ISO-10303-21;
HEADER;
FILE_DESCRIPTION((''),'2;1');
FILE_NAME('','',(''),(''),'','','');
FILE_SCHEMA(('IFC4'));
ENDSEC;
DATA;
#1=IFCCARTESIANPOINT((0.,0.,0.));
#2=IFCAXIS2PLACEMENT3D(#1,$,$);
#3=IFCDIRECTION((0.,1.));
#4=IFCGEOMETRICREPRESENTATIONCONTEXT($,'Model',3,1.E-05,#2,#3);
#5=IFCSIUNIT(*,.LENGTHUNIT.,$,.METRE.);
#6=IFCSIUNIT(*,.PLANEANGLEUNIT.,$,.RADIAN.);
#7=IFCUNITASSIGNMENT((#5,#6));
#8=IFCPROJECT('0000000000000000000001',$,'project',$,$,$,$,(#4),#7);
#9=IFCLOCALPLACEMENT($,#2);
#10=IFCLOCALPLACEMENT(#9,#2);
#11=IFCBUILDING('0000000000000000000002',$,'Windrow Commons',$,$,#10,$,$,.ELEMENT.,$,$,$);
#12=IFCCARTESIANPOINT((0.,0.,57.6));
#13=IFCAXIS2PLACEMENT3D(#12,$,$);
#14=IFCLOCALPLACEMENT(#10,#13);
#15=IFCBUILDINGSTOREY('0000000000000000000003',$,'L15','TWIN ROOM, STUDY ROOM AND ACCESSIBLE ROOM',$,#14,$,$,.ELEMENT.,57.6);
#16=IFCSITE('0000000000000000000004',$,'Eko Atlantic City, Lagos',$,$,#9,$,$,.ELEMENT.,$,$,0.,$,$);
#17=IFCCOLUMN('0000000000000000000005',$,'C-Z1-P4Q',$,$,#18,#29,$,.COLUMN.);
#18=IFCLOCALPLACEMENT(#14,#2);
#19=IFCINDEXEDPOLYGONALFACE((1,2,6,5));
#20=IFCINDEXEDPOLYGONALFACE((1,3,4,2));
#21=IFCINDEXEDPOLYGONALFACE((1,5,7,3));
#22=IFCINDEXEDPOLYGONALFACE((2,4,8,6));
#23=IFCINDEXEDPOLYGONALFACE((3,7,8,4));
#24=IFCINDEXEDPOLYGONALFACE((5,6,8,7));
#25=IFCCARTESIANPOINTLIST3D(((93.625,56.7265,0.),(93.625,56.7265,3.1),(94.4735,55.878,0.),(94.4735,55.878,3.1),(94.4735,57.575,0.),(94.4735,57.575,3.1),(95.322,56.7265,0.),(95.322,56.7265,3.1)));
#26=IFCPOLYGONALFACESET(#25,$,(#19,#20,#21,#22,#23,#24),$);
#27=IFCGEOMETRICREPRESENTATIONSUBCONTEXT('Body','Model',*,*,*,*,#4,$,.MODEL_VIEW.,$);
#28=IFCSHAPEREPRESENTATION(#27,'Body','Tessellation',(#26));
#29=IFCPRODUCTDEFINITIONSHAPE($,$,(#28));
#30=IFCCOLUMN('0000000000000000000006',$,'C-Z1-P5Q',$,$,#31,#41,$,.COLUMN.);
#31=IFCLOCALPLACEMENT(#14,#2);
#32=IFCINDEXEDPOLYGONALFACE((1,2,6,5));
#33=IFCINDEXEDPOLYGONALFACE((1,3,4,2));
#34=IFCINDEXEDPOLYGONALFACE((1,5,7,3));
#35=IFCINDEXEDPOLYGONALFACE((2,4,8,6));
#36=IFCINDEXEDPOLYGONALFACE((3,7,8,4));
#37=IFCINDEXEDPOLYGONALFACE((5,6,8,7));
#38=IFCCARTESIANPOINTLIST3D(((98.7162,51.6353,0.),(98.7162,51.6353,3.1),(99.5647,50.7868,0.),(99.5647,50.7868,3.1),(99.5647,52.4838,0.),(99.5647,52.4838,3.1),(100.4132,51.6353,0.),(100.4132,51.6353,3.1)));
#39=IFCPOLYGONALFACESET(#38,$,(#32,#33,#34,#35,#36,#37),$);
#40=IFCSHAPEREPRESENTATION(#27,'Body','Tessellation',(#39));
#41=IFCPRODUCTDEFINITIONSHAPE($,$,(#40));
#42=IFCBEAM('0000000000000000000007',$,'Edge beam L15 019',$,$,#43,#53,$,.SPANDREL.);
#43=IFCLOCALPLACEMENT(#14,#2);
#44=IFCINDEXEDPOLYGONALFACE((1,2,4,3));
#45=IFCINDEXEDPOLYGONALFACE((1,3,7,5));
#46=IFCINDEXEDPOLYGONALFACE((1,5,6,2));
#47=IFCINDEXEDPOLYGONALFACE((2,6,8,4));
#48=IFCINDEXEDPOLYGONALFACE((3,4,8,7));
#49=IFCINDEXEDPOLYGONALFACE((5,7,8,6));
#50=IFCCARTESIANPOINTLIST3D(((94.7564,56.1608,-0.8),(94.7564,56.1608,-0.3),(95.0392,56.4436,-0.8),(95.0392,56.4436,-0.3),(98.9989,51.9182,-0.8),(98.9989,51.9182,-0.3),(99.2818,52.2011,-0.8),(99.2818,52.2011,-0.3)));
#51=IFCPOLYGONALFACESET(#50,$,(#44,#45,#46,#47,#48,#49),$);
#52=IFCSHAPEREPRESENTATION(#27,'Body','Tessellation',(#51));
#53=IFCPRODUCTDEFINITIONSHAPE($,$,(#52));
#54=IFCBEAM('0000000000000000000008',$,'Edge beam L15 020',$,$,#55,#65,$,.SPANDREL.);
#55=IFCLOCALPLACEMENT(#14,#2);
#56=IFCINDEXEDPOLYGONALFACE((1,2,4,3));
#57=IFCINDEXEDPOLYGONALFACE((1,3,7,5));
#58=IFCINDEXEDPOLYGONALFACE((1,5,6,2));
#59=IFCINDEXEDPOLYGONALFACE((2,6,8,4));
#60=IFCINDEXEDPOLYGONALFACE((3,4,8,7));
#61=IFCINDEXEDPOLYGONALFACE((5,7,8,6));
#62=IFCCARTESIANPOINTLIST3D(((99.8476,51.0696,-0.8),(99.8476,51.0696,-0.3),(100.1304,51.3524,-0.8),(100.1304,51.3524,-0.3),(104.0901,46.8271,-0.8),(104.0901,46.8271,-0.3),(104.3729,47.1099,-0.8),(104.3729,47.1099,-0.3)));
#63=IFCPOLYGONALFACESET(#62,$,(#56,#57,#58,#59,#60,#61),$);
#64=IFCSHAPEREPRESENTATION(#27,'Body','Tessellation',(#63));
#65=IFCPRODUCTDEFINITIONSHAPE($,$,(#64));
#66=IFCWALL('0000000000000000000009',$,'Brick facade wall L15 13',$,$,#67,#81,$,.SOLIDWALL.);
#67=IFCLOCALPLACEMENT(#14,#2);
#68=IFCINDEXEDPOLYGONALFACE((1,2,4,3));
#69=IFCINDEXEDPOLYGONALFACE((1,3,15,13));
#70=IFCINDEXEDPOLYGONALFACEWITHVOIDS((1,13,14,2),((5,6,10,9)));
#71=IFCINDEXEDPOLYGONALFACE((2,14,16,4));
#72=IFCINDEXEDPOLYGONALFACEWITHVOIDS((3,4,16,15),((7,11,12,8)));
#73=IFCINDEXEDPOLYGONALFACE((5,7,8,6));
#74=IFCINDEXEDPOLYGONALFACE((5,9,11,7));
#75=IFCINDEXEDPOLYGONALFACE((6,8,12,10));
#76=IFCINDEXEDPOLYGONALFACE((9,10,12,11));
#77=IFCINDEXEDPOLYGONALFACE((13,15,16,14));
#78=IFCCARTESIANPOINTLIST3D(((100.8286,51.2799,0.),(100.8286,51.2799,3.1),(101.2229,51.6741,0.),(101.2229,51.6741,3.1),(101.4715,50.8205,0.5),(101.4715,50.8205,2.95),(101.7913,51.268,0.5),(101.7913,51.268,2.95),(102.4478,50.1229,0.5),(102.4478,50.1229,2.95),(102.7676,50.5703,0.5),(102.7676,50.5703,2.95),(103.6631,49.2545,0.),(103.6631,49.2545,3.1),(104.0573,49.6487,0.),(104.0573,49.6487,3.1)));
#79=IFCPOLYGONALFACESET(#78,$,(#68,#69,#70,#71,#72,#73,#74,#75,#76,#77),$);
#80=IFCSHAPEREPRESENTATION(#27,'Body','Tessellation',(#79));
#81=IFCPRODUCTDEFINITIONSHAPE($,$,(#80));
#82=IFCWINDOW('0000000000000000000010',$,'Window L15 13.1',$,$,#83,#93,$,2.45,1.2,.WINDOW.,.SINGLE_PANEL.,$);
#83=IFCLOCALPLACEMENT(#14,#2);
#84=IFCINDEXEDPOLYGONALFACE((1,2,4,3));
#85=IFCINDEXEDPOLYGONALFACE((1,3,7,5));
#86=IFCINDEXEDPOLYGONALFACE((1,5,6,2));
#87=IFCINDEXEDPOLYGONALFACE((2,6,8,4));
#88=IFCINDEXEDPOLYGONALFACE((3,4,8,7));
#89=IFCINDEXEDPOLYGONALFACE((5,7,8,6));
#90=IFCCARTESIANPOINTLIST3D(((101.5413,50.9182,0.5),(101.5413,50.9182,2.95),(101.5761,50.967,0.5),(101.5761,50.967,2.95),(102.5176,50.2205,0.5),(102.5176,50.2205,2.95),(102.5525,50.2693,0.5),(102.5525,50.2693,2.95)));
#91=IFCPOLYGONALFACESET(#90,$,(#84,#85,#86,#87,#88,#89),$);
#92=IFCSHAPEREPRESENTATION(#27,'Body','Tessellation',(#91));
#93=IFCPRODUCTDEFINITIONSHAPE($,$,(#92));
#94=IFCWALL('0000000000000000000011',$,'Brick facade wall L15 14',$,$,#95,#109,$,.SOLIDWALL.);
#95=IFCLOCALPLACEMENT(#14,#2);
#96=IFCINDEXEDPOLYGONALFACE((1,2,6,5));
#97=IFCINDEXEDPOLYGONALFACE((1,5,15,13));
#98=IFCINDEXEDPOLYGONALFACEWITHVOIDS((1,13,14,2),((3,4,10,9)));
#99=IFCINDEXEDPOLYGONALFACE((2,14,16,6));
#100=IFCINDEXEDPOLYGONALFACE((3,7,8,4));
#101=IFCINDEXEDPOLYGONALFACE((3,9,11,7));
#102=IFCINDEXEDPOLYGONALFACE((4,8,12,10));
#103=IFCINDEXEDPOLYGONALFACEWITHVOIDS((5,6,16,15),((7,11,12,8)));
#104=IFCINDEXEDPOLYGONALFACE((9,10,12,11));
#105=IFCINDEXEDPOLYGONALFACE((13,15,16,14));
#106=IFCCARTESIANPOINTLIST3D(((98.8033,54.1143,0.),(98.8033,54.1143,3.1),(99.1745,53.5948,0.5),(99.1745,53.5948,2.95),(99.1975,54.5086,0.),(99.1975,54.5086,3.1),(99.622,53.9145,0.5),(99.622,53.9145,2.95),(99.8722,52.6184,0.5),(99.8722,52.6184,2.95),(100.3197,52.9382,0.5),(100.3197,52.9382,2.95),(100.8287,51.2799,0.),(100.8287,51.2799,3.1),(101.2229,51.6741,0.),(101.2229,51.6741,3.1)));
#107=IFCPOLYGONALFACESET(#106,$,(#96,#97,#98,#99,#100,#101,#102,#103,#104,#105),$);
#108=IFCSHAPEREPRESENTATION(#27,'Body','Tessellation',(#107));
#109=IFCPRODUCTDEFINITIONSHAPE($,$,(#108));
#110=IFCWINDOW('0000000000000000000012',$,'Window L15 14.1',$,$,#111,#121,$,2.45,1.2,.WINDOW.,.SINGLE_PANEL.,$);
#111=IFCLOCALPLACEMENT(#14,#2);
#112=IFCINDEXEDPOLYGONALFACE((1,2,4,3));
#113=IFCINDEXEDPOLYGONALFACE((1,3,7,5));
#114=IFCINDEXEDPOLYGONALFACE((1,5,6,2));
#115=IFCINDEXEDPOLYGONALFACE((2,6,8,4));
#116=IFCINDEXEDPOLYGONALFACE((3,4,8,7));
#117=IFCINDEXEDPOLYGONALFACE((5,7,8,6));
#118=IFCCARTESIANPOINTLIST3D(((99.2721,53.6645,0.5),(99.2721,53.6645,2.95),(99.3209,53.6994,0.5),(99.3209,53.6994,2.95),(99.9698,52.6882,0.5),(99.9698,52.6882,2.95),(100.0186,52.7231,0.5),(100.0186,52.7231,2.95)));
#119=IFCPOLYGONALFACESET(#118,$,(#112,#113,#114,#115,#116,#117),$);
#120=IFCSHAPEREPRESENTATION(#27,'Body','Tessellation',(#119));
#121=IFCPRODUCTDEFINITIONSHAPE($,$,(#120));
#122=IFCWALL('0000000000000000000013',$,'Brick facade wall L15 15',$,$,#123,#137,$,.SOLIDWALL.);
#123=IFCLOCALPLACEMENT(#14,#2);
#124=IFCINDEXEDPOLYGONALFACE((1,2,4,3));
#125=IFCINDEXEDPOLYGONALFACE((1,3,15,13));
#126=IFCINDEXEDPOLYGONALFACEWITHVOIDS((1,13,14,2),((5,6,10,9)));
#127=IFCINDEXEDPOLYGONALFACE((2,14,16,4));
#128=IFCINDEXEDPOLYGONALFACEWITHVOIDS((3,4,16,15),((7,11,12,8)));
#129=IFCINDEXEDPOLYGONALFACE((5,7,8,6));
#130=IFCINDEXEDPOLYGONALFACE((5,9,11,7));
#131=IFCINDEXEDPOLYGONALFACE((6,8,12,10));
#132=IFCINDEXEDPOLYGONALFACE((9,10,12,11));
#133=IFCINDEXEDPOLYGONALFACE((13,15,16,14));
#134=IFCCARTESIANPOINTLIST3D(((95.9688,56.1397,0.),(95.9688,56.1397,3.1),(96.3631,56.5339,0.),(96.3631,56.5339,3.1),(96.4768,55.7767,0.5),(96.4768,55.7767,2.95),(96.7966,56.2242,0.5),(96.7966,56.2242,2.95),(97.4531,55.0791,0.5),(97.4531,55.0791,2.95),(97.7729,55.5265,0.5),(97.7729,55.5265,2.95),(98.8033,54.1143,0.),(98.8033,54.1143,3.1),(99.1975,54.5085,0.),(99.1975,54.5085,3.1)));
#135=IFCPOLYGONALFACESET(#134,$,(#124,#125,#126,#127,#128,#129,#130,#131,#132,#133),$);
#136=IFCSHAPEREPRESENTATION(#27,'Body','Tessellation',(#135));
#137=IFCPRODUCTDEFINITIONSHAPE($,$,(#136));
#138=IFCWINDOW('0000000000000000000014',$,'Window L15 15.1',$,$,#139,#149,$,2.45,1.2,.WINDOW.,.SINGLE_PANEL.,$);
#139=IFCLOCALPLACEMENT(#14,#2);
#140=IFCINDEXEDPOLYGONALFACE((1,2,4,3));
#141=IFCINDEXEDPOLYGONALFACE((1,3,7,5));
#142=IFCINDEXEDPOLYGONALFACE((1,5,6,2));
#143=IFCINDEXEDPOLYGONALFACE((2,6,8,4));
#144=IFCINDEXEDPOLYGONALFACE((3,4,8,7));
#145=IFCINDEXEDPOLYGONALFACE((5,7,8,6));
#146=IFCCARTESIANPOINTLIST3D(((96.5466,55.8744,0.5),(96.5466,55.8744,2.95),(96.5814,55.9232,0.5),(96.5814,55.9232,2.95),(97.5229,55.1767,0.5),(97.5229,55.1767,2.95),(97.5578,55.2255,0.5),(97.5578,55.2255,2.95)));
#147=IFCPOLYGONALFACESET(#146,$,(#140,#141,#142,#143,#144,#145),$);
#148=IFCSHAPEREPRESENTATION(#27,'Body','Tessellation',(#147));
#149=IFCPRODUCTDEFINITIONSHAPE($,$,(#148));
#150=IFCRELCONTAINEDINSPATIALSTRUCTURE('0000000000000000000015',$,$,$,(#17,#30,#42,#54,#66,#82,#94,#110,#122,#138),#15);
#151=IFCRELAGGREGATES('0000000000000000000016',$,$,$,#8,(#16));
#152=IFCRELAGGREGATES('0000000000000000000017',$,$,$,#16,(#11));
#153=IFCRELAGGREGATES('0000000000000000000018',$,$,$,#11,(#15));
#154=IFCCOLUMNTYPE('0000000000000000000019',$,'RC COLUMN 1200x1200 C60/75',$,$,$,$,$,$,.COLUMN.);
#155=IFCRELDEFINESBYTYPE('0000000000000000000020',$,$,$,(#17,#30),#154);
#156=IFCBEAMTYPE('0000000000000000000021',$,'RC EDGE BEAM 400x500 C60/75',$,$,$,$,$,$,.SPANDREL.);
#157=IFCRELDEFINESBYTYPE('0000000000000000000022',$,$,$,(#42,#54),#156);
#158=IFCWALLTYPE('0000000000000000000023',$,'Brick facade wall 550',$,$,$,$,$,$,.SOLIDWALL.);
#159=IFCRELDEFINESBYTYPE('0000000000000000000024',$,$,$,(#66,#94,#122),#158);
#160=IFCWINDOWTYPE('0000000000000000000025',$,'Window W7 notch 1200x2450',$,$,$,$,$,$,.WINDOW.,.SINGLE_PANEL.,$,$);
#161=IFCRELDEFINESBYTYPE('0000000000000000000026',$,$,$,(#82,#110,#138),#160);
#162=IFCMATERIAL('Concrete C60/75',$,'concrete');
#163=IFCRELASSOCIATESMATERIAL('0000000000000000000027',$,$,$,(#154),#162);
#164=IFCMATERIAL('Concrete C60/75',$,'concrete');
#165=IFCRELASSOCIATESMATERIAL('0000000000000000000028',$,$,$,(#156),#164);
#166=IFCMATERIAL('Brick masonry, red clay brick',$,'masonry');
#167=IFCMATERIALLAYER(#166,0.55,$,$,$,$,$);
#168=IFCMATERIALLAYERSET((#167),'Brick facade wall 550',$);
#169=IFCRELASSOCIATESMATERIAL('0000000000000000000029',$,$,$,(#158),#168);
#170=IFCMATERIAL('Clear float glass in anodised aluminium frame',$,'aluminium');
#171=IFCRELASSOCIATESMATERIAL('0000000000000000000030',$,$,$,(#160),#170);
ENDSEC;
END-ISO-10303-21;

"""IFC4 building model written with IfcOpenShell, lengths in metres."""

from ifc_helpers import new_model, si_unit, direction, frame, frame_2d, origin, origin_2d, place, context, subcontext, project, spatial, polyline, rectangle, outline, extrude, material, layer, layer_set, material_profile, profile_set, type_object, element, fill, save


model = new_model("IFC4")

# Units and contexts
model_context = context("Model", 3, precision=1e-05, world=origin(), true_north=direction((0.0, 1.0)))
body_context = subcontext(model_context, "Body", "Model", "MODEL_VIEW")
ifc_project = project(units=[si_unit("LENGTHUNIT", "METRE"), si_unit("PLANEANGLEUNIT", "RADIAN")], contexts=[model_context])

# Site, building, storey
site_placement = place(None, origin())
site = spatial("IfcSite", under=ifc_project, at=site_placement, Name="Eko Atlantic City, Lagos", CompositionType="ELEMENT", RefElevation=0.0)
building_placement = place(site_placement, origin())
building = spatial("IfcBuilding", under=site, at=building_placement, Name="Windrow Commons", CompositionType="ELEMENT")
storey_placement = place(building_placement, frame((0.0, 0.0, 57.6)))
storey = spatial("IfcBuildingStorey", under=building, at=storey_placement, Name="L15", Description="TWIN ROOM, STUDY ROOM AND ACCESSIBLE ROOM", CompositionType="ELEMENT", Elevation=57.6)

# Columns
ifc_material_1 = material(Name="Concrete C60/75", Category="concrete")
ifc_material_profile_1 = material_profile(ifc_material_1, rectangle(XDim=1.2, YDim=1.2, at=origin_2d()))
ifc_profile_set_1 = profile_set([ifc_material_profile_1], Name="Concrete C60/75")
column_type = type_object("IfcColumnType", Name="RC COLUMN 1200x1200 C60/75", PredefinedType="COLUMN", material=ifc_profile_set_1)
for number, where, z_axis, x_axis, name in (
    (1, (94.4735, 56.7265, 0.0), (0.0, 0.0, 1.0), (0.707107, -0.707107, 0.0), "C-Z1-P4Q"),
    (2, (99.5647, 51.6353, 0.0), (0.0, 0.0, 1.0), (0.707107, -0.707107, 0.0), "C-Z1-P5Q"),
):
    element("IfcColumn", number, at=place(storey_placement, frame(where, z_axis=z_axis, x_axis=x_axis)), inside=storey, type_object=column_type, Name=name, PredefinedType="COLUMN", context=body_context, shape_type="SweptSolid", body=[
        extrude(rectangle(XDim=1.2, YDim=1.2, at=origin_2d()), origin(), (0.0, 0.0, 1.0), 3.1),
    ])

# Beams
ifc_material_2 = material(Name="Concrete C60/75", Category="concrete")
ifc_material_profile_2 = material_profile(ifc_material_2, rectangle(XDim=0.4, YDim=0.5, at=origin_2d()))
ifc_profile_set_2 = profile_set([ifc_material_profile_2], Name="Concrete C60/75")
beam_type = type_object("IfcBeamType", Name="RC EDGE BEAM 400x500 C60/75", PredefinedType="SPANDREL", material=ifc_profile_set_2)
beam_1_placement = place(storey_placement, frame((94.8978, 56.3022, -0.55), z_axis=(0.707107, -0.707107, 0.0), x_axis=(0.707107, 0.707107, 0.0)))
element("IfcBeam", 3, at=beam_1_placement, inside=storey, type_object=beam_type, Name="Edge beam L15 019", PredefinedType="SPANDREL", context=body_context, shape_type="SweptSolid", body=[
    extrude(rectangle(XDim=0.4, YDim=0.5, at=origin_2d()), origin(), (0.0, 0.0, 1.0), 5.9999),
])
beam_2_placement = place(storey_placement, frame((99.989, 51.211, -0.55), z_axis=(0.707107, -0.707107, 0.0), x_axis=(0.707107, 0.707107, 0.0)))
element("IfcBeam", 4, at=beam_2_placement, inside=storey, type_object=beam_type, Name="Edge beam L15 020", PredefinedType="SPANDREL", context=body_context, shape_type="SweptSolid", body=[
    extrude(rectangle(XDim=0.4, YDim=0.5, at=origin_2d()), origin(), (0.0, 0.0, 1.0), 5.9998),
])

# Walls, openings, windows
ifc_material_3 = material(Name="Brick masonry, red clay brick", Category="masonry")
ifc_layer_1 = layer(ifc_material_3, 0.55)
ifc_layer_set_1 = layer_set([ifc_layer_1], Name="Brick facade wall 550")
wall_type_1 = type_object("IfcWallType", Name="Brick facade wall 550", PredefinedType="SOLIDWALL", material=ifc_layer_set_1)
wall_1_placement = place(storey_placement, frame((103.8602, 49.4516, 0.0), z_axis=(0.0, 0.0, 1.0), x_axis=(-0.813621, 0.581396, 0.0)))
wall_1 = element("IfcWall", 5, at=wall_1_placement, inside=storey, type_object=wall_type_1, Name="Brick facade wall L15 13", PredefinedType="SOLIDWALL", context=body_context, shape_type="SweptSolid", body=[
    extrude(outline(polyline([(-0.0458, -0.275), (3.4379, -0.275), (3.5295, 0.275), (0.0458, 0.275), (-0.0458, -0.275)])), origin(), (0.0, 0.0, 1.0), 3.1),
])
opening_1_placement = place(wall_1_placement, frame((1.5394, 0.0, 0.5)))
opening_1 = element("IfcOpeningElement", 6, at=opening_1_placement, cuts=wall_1, PredefinedType="OPENING", context=body_context, shape_type="SweptSolid", body=[
    extrude(rectangle(XDim=1.2, YDim=2.45, at=frame_2d((0.6, 1.225))), frame((0.0, 0.285, 0.0), z_axis=(0.0, -1.0, 0.0), x_axis=(1.0, 0.0, 0.0)), (0.0, 0.0, 1.0), 0.57),
])
ifc_material_4 = material(Name="Clear float glass in anodised aluminium frame", Category="aluminium")
window_type = type_object("IfcWindowType", Name="Window W7 notch 1200x2450", PartitioningType="SINGLE_PANEL", PredefinedType="WINDOW", material=ifc_material_4)
window_1_placement = place(opening_1_placement, origin())
window_1 = element("IfcWindow", 7, at=window_1_placement, inside=storey, type_object=window_type, Name="Window L15 13.1", OverallHeight=2.45, OverallWidth=1.2, PartitioningType="SINGLE_PANEL", PredefinedType="WINDOW", context=body_context, shape_type="SweptSolid", body=[
    extrude(rectangle(XDim=1.2, YDim=2.45, at=frame_2d((0.6, 1.225))), frame((0.0, 0.155, 0.0), z_axis=(0.0, -1.0, 0.0), x_axis=(1.0, 0.0, 0.0)), (0.0, 0.0, 1.0), 0.06),
])
fill(opening_1, window_1)
wall_2_placement = place(storey_placement, frame((101.0258, 51.477, 0.0), z_axis=(0.0, 0.0, 1.0), x_axis=(-0.581396, 0.813621, 0.0)))
wall_2 = element("IfcWall", 8, at=wall_2_placement, inside=storey, type_object=wall_type_1, Name="Brick facade wall L15 14", PredefinedType="SOLIDWALL", context=body_context, shape_type="SweptSolid", body=[
    extrude(outline(polyline([(0.0458, -0.275), (3.5295, -0.275), (3.4379, 0.275), (-0.0458, 0.275), (0.0458, -0.275)])), origin(), (0.0, 0.0, 1.0), 3.1),
])
opening_2_placement = place(wall_2_placement, frame((1.5994, 0.0, 0.5)))
opening_2 = element("IfcOpeningElement", 9, at=opening_2_placement, cuts=wall_2, PredefinedType="OPENING", context=body_context, shape_type="SweptSolid", body=[
    extrude(rectangle(XDim=1.2, YDim=2.45, at=frame_2d((0.6, 1.225))), frame((0.0, 0.285, 0.0), z_axis=(0.0, -1.0, 0.0), x_axis=(1.0, 0.0, 0.0)), (0.0, 0.0, 1.0), 0.57),
])
window_2_placement = place(opening_2_placement, origin())
window_2 = element("IfcWindow", 10, at=window_2_placement, inside=storey, type_object=window_type, Name="Window L15 14.1", OverallHeight=2.45, OverallWidth=1.2, PartitioningType="SINGLE_PANEL", PredefinedType="WINDOW", context=body_context, shape_type="SweptSolid", body=[
    extrude(rectangle(XDim=1.2, YDim=2.45, at=frame_2d((0.6, 1.225))), frame((0.0, 0.155, 0.0), z_axis=(0.0, -1.0, 0.0), x_axis=(1.0, 0.0, 0.0)), (0.0, 0.0, 1.0), 0.06),
])
fill(opening_2, window_2)
wall_3_placement = place(storey_placement, frame((99.0004, 54.3114, 0.0), z_axis=(0.0, 0.0, 1.0), x_axis=(-0.813621, 0.581396, 0.0)))
wall_3 = element("IfcWall", 11, at=wall_3_placement, inside=storey, type_object=wall_type_1, Name="Brick facade wall L15 15", PredefinedType="SOLIDWALL", context=body_context, shape_type="SweptSolid", body=[
    extrude(outline(polyline([(-0.0458, -0.275), (3.4379, -0.275), (3.5295, 0.275), (0.0458, 0.275), (-0.0458, -0.275)])), origin(), (0.0, 0.0, 1.0), 3.1),
])
opening_3_placement = place(wall_3_placement, frame((1.7052, 0.0, 0.5)))
opening_3 = element("IfcOpeningElement", 12, at=opening_3_placement, cuts=wall_3, PredefinedType="OPENING", context=body_context, shape_type="SweptSolid", body=[
    extrude(rectangle(XDim=1.2, YDim=2.45, at=frame_2d((0.6, 1.225))), frame((0.0, 0.285, 0.0), z_axis=(0.0, -1.0, 0.0), x_axis=(1.0, 0.0, 0.0)), (0.0, 0.0, 1.0), 0.57),
])
window_3_placement = place(opening_3_placement, origin())
window_3 = element("IfcWindow", 13, at=window_3_placement, inside=storey, type_object=window_type, Name="Window L15 15.1", OverallHeight=2.45, OverallWidth=1.2, PartitioningType="SINGLE_PANEL", PredefinedType="WINDOW", context=body_context, shape_type="SweptSolid", body=[
    extrude(rectangle(XDim=1.2, YDim=2.45, at=frame_2d((0.6, 1.225))), frame((0.0, 0.155, 0.0), z_axis=(0.0, -1.0, 0.0), x_axis=(1.0, 0.0, 0.0)), (0.0, 0.0, 1.0), 0.06),
])
fill(opening_3, window_3)

save(model, "model.ifc")
